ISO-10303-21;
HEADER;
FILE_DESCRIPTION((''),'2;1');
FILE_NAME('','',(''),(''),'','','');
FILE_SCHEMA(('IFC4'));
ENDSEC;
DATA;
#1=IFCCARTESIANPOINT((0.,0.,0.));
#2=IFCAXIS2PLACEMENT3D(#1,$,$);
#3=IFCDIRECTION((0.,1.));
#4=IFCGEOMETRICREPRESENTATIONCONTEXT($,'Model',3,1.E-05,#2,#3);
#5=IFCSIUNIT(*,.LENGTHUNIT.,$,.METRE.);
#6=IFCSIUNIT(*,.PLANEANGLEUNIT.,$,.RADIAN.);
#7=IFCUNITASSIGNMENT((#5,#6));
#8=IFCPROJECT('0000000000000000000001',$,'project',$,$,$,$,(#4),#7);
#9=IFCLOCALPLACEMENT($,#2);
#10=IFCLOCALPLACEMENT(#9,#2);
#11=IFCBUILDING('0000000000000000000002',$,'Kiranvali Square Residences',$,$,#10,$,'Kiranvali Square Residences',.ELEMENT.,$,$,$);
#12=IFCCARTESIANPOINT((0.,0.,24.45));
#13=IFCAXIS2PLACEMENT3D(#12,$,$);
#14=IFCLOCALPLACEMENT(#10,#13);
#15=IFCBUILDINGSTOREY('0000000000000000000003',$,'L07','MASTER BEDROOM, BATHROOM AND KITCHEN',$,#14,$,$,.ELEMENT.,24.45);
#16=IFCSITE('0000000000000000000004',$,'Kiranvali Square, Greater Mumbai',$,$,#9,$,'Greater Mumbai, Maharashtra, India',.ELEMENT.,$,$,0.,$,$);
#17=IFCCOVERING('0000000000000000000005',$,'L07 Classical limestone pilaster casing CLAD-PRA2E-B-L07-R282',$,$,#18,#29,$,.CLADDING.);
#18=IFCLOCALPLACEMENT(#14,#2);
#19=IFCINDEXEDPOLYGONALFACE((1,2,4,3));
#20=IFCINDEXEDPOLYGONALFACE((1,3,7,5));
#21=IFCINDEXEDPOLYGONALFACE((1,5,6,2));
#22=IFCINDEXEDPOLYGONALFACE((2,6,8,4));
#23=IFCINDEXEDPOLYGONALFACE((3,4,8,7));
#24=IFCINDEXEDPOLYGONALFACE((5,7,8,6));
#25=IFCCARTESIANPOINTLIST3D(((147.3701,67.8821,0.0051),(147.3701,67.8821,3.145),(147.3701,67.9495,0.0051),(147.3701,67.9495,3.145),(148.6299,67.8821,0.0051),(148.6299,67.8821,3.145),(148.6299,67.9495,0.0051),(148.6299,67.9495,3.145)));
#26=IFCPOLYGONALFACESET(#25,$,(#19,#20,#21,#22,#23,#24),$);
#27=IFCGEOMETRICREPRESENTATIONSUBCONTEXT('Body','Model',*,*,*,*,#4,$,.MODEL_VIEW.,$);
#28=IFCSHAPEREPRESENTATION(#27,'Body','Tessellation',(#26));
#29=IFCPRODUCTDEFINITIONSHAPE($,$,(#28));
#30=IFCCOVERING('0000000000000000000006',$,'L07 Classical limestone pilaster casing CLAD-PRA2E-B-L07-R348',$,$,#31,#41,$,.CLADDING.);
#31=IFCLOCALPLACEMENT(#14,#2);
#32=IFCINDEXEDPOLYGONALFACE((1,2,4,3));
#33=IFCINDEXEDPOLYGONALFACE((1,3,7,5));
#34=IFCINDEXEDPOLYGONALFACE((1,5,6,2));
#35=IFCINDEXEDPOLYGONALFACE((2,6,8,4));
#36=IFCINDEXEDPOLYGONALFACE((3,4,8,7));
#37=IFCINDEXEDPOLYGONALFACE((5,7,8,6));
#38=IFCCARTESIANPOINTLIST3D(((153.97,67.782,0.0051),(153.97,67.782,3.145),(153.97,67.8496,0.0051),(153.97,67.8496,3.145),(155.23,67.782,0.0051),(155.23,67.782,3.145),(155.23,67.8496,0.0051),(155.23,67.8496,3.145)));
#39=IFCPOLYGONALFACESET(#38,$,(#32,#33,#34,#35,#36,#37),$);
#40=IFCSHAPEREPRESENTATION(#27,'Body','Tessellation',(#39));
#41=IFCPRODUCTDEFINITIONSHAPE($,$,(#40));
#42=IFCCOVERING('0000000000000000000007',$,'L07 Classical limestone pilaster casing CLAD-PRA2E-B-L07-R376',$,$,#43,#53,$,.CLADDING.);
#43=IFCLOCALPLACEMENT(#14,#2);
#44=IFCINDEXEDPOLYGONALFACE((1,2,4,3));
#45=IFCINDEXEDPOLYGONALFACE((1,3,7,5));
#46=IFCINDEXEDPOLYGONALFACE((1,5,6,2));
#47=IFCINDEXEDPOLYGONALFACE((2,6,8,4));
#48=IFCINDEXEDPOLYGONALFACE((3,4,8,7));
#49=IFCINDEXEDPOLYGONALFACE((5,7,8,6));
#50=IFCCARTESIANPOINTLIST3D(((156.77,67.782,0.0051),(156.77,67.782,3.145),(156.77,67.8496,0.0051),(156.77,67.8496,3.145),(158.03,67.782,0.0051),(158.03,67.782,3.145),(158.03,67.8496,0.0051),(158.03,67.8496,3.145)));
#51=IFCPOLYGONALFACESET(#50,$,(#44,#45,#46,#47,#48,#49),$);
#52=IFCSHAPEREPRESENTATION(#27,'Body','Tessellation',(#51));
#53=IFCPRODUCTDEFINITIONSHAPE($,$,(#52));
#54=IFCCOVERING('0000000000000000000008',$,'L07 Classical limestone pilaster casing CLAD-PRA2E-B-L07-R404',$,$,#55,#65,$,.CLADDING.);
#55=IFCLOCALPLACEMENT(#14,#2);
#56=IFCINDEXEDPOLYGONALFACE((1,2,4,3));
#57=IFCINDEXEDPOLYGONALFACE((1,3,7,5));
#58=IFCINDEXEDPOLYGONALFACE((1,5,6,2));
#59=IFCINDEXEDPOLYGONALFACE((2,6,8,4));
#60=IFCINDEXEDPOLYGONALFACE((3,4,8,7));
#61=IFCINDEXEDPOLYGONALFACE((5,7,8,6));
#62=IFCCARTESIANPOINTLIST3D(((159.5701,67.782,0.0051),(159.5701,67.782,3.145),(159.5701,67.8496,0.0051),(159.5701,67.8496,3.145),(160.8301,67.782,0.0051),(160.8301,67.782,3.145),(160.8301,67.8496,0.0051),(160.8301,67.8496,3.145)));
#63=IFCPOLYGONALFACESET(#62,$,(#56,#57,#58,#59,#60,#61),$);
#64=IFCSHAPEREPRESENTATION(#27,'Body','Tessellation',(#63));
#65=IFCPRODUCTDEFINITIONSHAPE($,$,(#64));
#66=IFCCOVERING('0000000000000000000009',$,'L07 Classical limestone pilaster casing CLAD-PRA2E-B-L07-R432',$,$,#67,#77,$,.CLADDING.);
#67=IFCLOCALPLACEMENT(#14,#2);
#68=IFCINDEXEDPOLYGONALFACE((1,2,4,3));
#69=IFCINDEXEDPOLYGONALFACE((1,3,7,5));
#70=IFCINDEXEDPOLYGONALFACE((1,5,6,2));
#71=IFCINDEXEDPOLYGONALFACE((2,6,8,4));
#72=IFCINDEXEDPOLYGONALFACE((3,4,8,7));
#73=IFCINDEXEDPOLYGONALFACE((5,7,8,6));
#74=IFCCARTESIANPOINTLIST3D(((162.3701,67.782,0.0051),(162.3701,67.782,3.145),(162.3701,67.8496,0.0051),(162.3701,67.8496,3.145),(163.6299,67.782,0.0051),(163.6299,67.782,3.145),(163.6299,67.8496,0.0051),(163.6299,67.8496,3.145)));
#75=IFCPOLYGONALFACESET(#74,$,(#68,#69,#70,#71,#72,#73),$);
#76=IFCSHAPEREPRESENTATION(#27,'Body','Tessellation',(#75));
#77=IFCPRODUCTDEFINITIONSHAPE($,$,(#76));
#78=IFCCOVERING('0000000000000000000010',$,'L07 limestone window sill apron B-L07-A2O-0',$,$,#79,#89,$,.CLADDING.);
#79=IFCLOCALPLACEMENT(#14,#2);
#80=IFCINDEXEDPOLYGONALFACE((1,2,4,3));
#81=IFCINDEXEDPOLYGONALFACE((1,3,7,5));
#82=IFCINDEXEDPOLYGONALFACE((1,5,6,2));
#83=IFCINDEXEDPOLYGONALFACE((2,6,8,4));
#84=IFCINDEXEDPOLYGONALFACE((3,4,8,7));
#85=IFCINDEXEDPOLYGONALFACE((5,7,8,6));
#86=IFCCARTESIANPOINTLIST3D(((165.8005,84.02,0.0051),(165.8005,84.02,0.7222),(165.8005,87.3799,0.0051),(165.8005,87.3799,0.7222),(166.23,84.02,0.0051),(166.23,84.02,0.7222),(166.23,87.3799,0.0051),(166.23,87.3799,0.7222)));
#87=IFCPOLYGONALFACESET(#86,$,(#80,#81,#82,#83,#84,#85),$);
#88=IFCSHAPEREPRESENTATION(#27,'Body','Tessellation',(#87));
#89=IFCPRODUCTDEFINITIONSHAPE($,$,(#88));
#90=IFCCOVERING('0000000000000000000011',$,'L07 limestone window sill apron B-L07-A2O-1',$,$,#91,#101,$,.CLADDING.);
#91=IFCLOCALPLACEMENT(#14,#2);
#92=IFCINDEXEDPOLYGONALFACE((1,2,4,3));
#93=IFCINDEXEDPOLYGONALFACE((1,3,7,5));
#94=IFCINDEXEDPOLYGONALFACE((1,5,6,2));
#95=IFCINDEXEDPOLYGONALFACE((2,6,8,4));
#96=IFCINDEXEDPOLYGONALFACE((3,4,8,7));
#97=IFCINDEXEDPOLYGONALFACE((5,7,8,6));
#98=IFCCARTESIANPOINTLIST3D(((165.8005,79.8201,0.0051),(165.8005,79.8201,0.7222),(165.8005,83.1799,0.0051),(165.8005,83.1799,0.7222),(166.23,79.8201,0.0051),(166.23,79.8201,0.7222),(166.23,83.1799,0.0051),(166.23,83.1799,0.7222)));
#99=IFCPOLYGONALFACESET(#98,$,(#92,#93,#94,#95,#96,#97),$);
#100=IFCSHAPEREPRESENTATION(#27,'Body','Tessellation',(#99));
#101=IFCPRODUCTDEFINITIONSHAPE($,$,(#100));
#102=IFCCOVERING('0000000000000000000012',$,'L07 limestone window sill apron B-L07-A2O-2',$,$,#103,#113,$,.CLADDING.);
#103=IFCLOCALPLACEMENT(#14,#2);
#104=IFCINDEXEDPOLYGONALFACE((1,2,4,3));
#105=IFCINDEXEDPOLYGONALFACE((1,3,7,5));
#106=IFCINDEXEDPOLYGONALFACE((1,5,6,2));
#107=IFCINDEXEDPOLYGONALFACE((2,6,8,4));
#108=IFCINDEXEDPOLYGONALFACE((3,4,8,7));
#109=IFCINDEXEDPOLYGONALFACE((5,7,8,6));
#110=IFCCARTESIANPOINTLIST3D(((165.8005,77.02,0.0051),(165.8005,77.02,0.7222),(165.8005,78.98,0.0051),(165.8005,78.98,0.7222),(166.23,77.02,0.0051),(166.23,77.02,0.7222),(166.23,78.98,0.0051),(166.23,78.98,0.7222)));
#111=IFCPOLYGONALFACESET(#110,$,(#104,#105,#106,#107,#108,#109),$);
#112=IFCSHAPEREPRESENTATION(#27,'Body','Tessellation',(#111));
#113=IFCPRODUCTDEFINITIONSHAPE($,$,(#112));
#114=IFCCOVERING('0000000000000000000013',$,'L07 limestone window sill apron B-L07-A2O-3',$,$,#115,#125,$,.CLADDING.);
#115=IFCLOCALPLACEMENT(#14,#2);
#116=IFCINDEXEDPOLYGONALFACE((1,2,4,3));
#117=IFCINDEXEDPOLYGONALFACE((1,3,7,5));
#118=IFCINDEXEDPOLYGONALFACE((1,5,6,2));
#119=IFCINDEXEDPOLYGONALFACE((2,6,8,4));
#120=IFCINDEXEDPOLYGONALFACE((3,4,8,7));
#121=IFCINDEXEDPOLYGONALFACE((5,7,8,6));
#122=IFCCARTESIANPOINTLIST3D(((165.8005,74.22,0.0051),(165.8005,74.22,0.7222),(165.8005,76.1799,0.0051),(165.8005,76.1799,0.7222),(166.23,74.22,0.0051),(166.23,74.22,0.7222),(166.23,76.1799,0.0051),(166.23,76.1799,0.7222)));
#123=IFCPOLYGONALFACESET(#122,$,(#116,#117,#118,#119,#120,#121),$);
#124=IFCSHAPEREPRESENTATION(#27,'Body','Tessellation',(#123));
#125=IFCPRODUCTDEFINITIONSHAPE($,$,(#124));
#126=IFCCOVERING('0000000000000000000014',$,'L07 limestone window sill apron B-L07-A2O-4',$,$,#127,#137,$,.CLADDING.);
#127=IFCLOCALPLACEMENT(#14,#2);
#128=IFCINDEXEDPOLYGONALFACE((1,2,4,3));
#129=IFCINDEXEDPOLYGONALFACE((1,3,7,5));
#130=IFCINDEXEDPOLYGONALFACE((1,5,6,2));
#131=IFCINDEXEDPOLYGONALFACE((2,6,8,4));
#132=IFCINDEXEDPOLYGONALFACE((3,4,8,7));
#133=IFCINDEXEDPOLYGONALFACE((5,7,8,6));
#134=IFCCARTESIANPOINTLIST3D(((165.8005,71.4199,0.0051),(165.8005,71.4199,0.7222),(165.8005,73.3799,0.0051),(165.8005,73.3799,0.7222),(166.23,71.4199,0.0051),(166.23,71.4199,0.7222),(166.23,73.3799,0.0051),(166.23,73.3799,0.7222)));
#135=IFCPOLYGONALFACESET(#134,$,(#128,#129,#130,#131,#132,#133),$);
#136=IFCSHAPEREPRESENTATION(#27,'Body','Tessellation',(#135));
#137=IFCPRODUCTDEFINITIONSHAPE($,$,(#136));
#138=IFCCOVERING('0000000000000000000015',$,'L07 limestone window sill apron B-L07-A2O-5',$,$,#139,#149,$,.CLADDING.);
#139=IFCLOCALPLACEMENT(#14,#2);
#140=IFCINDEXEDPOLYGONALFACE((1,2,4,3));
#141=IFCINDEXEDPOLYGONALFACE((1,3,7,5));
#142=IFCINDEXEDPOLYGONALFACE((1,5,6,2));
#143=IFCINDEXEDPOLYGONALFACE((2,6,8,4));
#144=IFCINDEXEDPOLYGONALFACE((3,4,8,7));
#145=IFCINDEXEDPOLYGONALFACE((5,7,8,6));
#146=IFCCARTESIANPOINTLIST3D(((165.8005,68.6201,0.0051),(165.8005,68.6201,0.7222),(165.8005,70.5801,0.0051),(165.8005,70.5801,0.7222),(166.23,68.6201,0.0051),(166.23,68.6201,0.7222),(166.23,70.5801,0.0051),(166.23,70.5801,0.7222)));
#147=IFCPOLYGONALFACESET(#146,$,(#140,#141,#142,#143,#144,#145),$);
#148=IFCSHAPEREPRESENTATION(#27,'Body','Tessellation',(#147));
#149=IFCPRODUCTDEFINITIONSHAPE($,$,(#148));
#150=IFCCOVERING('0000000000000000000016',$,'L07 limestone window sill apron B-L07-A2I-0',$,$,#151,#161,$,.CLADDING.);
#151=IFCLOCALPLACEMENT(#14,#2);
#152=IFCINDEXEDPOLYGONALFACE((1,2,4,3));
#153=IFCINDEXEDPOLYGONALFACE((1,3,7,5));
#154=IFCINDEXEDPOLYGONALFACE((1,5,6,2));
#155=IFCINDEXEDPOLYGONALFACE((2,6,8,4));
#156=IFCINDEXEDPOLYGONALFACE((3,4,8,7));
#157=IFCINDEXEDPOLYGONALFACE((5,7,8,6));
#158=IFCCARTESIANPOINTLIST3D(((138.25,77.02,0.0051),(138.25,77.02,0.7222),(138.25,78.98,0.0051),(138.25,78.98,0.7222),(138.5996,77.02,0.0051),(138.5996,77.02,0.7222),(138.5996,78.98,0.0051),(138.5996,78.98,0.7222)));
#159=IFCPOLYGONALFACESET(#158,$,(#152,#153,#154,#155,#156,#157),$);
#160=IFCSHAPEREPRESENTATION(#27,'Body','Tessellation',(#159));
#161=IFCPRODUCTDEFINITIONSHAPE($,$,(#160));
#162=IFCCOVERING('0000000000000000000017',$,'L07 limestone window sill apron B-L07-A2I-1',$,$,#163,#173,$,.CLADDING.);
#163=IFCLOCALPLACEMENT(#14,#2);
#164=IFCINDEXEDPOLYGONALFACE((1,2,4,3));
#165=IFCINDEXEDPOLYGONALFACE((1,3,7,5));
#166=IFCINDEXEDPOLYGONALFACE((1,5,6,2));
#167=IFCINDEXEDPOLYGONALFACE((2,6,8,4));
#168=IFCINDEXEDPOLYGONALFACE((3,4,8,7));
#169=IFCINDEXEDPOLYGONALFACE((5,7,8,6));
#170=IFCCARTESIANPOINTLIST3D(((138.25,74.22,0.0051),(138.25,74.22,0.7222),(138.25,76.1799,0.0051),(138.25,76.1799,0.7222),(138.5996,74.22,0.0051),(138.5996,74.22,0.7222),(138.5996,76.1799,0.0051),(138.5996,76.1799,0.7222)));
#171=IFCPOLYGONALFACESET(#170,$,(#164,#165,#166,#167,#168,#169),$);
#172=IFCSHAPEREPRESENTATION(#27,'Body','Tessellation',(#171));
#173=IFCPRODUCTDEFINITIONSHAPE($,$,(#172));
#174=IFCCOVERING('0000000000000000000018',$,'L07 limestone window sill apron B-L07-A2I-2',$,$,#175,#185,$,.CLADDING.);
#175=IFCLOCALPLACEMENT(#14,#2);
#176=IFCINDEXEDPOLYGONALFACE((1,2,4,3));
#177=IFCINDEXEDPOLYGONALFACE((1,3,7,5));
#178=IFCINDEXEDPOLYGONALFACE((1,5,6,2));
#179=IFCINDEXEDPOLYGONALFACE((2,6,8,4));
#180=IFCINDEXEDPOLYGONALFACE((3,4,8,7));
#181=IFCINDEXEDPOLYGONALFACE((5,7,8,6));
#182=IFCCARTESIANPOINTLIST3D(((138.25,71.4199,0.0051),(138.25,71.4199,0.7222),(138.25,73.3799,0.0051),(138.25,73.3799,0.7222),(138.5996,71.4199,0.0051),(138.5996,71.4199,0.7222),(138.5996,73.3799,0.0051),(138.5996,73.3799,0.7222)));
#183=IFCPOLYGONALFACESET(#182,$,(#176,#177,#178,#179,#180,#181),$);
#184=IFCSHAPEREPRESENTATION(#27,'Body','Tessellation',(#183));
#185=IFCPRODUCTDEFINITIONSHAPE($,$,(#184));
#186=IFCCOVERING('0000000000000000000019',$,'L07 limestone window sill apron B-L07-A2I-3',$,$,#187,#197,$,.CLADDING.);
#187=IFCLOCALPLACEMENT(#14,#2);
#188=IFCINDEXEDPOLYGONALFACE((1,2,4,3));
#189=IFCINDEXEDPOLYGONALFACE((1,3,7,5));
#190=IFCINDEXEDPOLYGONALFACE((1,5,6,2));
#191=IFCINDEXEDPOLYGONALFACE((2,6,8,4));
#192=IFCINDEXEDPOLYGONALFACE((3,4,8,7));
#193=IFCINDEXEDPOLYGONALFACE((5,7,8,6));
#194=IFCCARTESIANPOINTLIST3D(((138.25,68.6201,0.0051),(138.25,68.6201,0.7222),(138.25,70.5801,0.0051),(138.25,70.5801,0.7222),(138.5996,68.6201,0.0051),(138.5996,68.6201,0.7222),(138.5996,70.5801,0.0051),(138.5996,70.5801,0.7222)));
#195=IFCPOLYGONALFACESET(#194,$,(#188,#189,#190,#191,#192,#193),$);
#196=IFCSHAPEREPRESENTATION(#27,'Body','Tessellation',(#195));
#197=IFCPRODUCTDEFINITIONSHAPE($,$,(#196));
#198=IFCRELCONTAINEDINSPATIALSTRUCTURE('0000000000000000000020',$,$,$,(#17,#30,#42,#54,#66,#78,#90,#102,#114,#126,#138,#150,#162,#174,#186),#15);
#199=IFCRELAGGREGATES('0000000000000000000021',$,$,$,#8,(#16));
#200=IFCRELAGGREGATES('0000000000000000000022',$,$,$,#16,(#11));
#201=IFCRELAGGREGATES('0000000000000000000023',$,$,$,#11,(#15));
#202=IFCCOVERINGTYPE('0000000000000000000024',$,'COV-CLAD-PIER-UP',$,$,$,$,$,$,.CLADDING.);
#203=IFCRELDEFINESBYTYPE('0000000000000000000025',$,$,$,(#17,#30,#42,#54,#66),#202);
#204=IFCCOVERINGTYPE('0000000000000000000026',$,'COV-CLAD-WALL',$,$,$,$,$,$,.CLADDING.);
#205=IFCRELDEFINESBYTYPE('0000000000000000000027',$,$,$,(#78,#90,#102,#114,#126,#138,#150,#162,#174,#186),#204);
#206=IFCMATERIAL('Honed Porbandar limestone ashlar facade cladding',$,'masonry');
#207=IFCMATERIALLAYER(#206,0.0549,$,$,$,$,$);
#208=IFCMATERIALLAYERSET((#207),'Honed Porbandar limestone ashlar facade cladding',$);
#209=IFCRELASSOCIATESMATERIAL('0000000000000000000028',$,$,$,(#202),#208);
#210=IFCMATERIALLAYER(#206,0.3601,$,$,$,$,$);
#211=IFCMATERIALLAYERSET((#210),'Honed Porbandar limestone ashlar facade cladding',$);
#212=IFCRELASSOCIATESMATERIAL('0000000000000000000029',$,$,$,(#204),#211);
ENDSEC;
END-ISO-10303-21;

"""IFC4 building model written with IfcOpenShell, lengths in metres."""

from ifc_helpers import new_model, si_unit, direction, frame, origin, place, context, subcontext, project, spatial, polyline, outline, extrude, material, layer, layer_set, type_object, element, save


model = new_model("IFC4")

# Units and contexts
model_context = context("Model", 3, precision=1e-05, world=origin(), true_north=direction((0.0, 1.0)))
body_context = subcontext(model_context, "Body", "Model", "MODEL_VIEW")
ifc_project = project(units=[si_unit("LENGTHUNIT", "METRE"), si_unit("PLANEANGLEUNIT", "RADIAN")], contexts=[model_context])

# Site, building, storey
site_placement = place(None, origin())
site = spatial("IfcSite", under=ifc_project, at=site_placement, Name="Kiranvali Square, Greater Mumbai", LongName="Greater Mumbai, Maharashtra, India", CompositionType="ELEMENT", RefElevation=0.0)
building_placement = place(site_placement, origin())
building = spatial("IfcBuilding", under=site, at=building_placement, Name="Kiranvali Square Residences", LongName="Kiranvali Square Residences", CompositionType="ELEMENT")
storey_placement = place(building_placement, frame((0.0, 0.0, 24.45)))
storey = spatial("IfcBuildingStorey", under=building, at=storey_placement, Name="L07", Description="MASTER BEDROOM, BATHROOM AND KITCHEN", CompositionType="ELEMENT", Elevation=24.45)

# Coverings
ifc_material = material(Name="Honed Porbandar limestone ashlar facade cladding", Category="masonry")
ifc_layer_1 = layer(ifc_material, 0.0549)
ifc_layer_set_1 = layer_set([ifc_layer_1], Name="Honed Porbandar limestone ashlar facade cladding")
covering_type_1 = type_object("IfcCoveringType", Name="COV-CLAD-PIER-UP", PredefinedType="CLADDING", material=ifc_layer_set_1)
covering_1_placement = place(storey_placement, frame((0.0, 0.0, 0.0051)))
element("IfcCovering", 1, at=covering_1_placement, inside=storey, type_object=covering_type_1, Name="L07 Classical limestone pilaster casing CLAD-PRA2E-B-L07-R282", PredefinedType="CLADDING", context=body_context, shape_type="SweptSolid", body=[
    extrude(outline(polyline([(147.3701, 67.8821), (148.6299, 67.8821), (148.6299, 67.9495), (147.3701, 67.9495), (147.3701, 67.8821)])), origin(), (0.0, 0.0, 1.0), 3.1399),
])
covering_2_placement = place(storey_placement, frame((0.0, 0.0, 0.0051)))
element("IfcCovering", 2, at=covering_2_placement, inside=storey, type_object=covering_type_1, Name="L07 Classical limestone pilaster casing CLAD-PRA2E-B-L07-R348", PredefinedType="CLADDING", context=body_context, shape_type="SweptSolid", body=[
    extrude(outline(polyline([(153.97, 67.782), (155.23, 67.782), (155.23, 67.8496), (153.97, 67.8496), (153.97, 67.782)])), origin(), (0.0, 0.0, 1.0), 3.1399),
])
covering_3_placement = place(storey_placement, frame((0.0, 0.0, 0.0051)))
element("IfcCovering", 3, at=covering_3_placement, inside=storey, type_object=covering_type_1, Name="L07 Classical limestone pilaster casing CLAD-PRA2E-B-L07-R376", PredefinedType="CLADDING", context=body_context, shape_type="SweptSolid", body=[
    extrude(outline(polyline([(156.77, 67.782), (158.03, 67.782), (158.03, 67.8496), (156.77, 67.8496), (156.77, 67.782)])), origin(), (0.0, 0.0, 1.0), 3.1399),
])
covering_4_placement = place(storey_placement, frame((0.0, 0.0, 0.0051)))
element("IfcCovering", 4, at=covering_4_placement, inside=storey, type_object=covering_type_1, Name="L07 Classical limestone pilaster casing CLAD-PRA2E-B-L07-R404", PredefinedType="CLADDING", context=body_context, shape_type="SweptSolid", body=[
    extrude(outline(polyline([(159.5701, 67.782), (160.8301, 67.782), (160.8301, 67.8496), (159.5701, 67.8496), (159.5701, 67.782)])), origin(), (0.0, 0.0, 1.0), 3.1399),
])
covering_5_placement = place(storey_placement, frame((0.0, 0.0, 0.0051)))
element("IfcCovering", 5, at=covering_5_placement, inside=storey, type_object=covering_type_1, Name="L07 Classical limestone pilaster casing CLAD-PRA2E-B-L07-R432", PredefinedType="CLADDING", context=body_context, shape_type="SweptSolid", body=[
    extrude(outline(polyline([(162.3701, 67.782), (163.6299, 67.782), (163.6299, 67.8496), (162.3701, 67.8496), (162.3701, 67.782)])), origin(), (0.0, 0.0, 1.0), 3.1399),
])
ifc_layer_2 = layer(ifc_material, 0.3601)
ifc_layer_set_2 = layer_set([ifc_layer_2], Name="Honed Porbandar limestone ashlar facade cladding")
covering_type_2 = type_object("IfcCoveringType", Name="COV-CLAD-WALL", PredefinedType="CLADDING", material=ifc_layer_set_2)
covering_6_placement = place(storey_placement, frame((0.0, 0.0, 0.0051)))
element("IfcCovering", 6, at=covering_6_placement, inside=storey, type_object=covering_type_2, Name="L07 limestone window sill apron B-L07-A2O-0", PredefinedType="CLADDING", context=body_context, shape_type="SweptSolid", body=[
    extrude(outline(polyline([(165.8005, 87.3799), (165.8005, 84.02), (166.23, 84.02), (166.23, 87.3799), (165.8005, 87.3799)])), origin(), (0.0, 0.0, 1.0), 0.717),
])
covering_7_placement = place(storey_placement, frame((0.0, 0.0, 0.0051)))
element("IfcCovering", 7, at=covering_7_placement, inside=storey, type_object=covering_type_2, Name="L07 limestone window sill apron B-L07-A2O-1", PredefinedType="CLADDING", context=body_context, shape_type="SweptSolid", body=[
    extrude(outline(polyline([(165.8005, 83.1799), (165.8005, 79.8201), (166.23, 79.8201), (166.23, 83.1799), (165.8005, 83.1799)])), origin(), (0.0, 0.0, 1.0), 0.717),
])
covering_8_placement = place(storey_placement, frame((0.0, 0.0, 0.0051)))
element("IfcCovering", 8, at=covering_8_placement, inside=storey, type_object=covering_type_2, Name="L07 limestone window sill apron B-L07-A2O-2", PredefinedType="CLADDING", context=body_context, shape_type="SweptSolid", body=[
    extrude(outline(polyline([(165.8005, 78.98), (165.8005, 77.02), (166.23, 77.02), (166.23, 78.98), (165.8005, 78.98)])), origin(), (0.0, 0.0, 1.0), 0.717),
])
covering_9_placement = place(storey_placement, frame((0.0, 0.0, 0.0051)))
element("IfcCovering", 9, at=covering_9_placement, inside=storey, type_object=covering_type_2, Name="L07 limestone window sill apron B-L07-A2O-3", PredefinedType="CLADDING", context=body_context, shape_type="SweptSolid", body=[
    extrude(outline(polyline([(165.8005, 76.1799), (165.8005, 74.22), (166.23, 74.22), (166.23, 76.1799), (165.8005, 76.1799)])), origin(), (0.0, 0.0, 1.0), 0.717),
])
covering_10_placement = place(storey_placement, frame((0.0, 0.0, 0.0051)))
element("IfcCovering", 10, at=covering_10_placement, inside=storey, type_object=covering_type_2, Name="L07 limestone window sill apron B-L07-A2O-4", PredefinedType="CLADDING", context=body_context, shape_type="SweptSolid", body=[
    extrude(outline(polyline([(165.8005, 73.3799), (165.8005, 71.4199), (166.23, 71.4199), (166.23, 73.3799), (165.8005, 73.3799)])), origin(), (0.0, 0.0, 1.0), 0.717),
])
covering_11_placement = place(storey_placement, frame((0.0, 0.0, 0.0051)))
element("IfcCovering", 11, at=covering_11_placement, inside=storey, type_object=covering_type_2, Name="L07 limestone window sill apron B-L07-A2O-5", PredefinedType="CLADDING", context=body_context, shape_type="SweptSolid", body=[
    extrude(outline(polyline([(165.8005, 70.5801), (165.8005, 68.6201), (166.23, 68.6201), (166.23, 70.5801), (165.8005, 70.5801)])), origin(), (0.0, 0.0, 1.0), 0.717),
])
covering_12_placement = place(storey_placement, frame((0.0, 0.0, 0.0051)))
element("IfcCovering", 12, at=covering_12_placement, inside=storey, type_object=covering_type_2, Name="L07 limestone window sill apron B-L07-A2I-0", PredefinedType="CLADDING", context=body_context, shape_type="SweptSolid", body=[
    extrude(outline(polyline([(138.25, 78.98), (138.25, 77.02), (138.5996, 77.02), (138.5996, 78.98), (138.25, 78.98)])), origin(), (0.0, 0.0, 1.0), 0.717),
])
covering_13_placement = place(storey_placement, frame((0.0, 0.0, 0.0051)))
element("IfcCovering", 13, at=covering_13_placement, inside=storey, type_object=covering_type_2, Name="L07 limestone window sill apron B-L07-A2I-1", PredefinedType="CLADDING", context=body_context, shape_type="SweptSolid", body=[
    extrude(outline(polyline([(138.25, 76.1799), (138.25, 74.22), (138.5996, 74.22), (138.5996, 76.1799), (138.25, 76.1799)])), origin(), (0.0, 0.0, 1.0), 0.717),
])
covering_14_placement = place(storey_placement, frame((0.0, 0.0, 0.0051)))
element("IfcCovering", 14, at=covering_14_placement, inside=storey, type_object=covering_type_2, Name="L07 limestone window sill apron B-L07-A2I-2", PredefinedType="CLADDING", context=body_context, shape_type="SweptSolid", body=[
    extrude(outline(polyline([(138.25, 73.3799), (138.25, 71.4199), (138.5996, 71.4199), (138.5996, 73.3799), (138.25, 73.3799)])), origin(), (0.0, 0.0, 1.0), 0.717),
])
covering_15_placement = place(storey_placement, frame((0.0, 0.0, 0.0051)))
element("IfcCovering", 15, at=covering_15_placement, inside=storey, type_object=covering_type_2, Name="L07 limestone window sill apron B-L07-A2I-3", PredefinedType="CLADDING", context=body_context, shape_type="SweptSolid", body=[
    extrude(outline(polyline([(138.25, 70.5801), (138.25, 68.6201), (138.5996, 68.6201), (138.5996, 70.5801), (138.25, 70.5801)])), origin(), (0.0, 0.0, 1.0), 0.717),
])

save(model, "model.ifc")
